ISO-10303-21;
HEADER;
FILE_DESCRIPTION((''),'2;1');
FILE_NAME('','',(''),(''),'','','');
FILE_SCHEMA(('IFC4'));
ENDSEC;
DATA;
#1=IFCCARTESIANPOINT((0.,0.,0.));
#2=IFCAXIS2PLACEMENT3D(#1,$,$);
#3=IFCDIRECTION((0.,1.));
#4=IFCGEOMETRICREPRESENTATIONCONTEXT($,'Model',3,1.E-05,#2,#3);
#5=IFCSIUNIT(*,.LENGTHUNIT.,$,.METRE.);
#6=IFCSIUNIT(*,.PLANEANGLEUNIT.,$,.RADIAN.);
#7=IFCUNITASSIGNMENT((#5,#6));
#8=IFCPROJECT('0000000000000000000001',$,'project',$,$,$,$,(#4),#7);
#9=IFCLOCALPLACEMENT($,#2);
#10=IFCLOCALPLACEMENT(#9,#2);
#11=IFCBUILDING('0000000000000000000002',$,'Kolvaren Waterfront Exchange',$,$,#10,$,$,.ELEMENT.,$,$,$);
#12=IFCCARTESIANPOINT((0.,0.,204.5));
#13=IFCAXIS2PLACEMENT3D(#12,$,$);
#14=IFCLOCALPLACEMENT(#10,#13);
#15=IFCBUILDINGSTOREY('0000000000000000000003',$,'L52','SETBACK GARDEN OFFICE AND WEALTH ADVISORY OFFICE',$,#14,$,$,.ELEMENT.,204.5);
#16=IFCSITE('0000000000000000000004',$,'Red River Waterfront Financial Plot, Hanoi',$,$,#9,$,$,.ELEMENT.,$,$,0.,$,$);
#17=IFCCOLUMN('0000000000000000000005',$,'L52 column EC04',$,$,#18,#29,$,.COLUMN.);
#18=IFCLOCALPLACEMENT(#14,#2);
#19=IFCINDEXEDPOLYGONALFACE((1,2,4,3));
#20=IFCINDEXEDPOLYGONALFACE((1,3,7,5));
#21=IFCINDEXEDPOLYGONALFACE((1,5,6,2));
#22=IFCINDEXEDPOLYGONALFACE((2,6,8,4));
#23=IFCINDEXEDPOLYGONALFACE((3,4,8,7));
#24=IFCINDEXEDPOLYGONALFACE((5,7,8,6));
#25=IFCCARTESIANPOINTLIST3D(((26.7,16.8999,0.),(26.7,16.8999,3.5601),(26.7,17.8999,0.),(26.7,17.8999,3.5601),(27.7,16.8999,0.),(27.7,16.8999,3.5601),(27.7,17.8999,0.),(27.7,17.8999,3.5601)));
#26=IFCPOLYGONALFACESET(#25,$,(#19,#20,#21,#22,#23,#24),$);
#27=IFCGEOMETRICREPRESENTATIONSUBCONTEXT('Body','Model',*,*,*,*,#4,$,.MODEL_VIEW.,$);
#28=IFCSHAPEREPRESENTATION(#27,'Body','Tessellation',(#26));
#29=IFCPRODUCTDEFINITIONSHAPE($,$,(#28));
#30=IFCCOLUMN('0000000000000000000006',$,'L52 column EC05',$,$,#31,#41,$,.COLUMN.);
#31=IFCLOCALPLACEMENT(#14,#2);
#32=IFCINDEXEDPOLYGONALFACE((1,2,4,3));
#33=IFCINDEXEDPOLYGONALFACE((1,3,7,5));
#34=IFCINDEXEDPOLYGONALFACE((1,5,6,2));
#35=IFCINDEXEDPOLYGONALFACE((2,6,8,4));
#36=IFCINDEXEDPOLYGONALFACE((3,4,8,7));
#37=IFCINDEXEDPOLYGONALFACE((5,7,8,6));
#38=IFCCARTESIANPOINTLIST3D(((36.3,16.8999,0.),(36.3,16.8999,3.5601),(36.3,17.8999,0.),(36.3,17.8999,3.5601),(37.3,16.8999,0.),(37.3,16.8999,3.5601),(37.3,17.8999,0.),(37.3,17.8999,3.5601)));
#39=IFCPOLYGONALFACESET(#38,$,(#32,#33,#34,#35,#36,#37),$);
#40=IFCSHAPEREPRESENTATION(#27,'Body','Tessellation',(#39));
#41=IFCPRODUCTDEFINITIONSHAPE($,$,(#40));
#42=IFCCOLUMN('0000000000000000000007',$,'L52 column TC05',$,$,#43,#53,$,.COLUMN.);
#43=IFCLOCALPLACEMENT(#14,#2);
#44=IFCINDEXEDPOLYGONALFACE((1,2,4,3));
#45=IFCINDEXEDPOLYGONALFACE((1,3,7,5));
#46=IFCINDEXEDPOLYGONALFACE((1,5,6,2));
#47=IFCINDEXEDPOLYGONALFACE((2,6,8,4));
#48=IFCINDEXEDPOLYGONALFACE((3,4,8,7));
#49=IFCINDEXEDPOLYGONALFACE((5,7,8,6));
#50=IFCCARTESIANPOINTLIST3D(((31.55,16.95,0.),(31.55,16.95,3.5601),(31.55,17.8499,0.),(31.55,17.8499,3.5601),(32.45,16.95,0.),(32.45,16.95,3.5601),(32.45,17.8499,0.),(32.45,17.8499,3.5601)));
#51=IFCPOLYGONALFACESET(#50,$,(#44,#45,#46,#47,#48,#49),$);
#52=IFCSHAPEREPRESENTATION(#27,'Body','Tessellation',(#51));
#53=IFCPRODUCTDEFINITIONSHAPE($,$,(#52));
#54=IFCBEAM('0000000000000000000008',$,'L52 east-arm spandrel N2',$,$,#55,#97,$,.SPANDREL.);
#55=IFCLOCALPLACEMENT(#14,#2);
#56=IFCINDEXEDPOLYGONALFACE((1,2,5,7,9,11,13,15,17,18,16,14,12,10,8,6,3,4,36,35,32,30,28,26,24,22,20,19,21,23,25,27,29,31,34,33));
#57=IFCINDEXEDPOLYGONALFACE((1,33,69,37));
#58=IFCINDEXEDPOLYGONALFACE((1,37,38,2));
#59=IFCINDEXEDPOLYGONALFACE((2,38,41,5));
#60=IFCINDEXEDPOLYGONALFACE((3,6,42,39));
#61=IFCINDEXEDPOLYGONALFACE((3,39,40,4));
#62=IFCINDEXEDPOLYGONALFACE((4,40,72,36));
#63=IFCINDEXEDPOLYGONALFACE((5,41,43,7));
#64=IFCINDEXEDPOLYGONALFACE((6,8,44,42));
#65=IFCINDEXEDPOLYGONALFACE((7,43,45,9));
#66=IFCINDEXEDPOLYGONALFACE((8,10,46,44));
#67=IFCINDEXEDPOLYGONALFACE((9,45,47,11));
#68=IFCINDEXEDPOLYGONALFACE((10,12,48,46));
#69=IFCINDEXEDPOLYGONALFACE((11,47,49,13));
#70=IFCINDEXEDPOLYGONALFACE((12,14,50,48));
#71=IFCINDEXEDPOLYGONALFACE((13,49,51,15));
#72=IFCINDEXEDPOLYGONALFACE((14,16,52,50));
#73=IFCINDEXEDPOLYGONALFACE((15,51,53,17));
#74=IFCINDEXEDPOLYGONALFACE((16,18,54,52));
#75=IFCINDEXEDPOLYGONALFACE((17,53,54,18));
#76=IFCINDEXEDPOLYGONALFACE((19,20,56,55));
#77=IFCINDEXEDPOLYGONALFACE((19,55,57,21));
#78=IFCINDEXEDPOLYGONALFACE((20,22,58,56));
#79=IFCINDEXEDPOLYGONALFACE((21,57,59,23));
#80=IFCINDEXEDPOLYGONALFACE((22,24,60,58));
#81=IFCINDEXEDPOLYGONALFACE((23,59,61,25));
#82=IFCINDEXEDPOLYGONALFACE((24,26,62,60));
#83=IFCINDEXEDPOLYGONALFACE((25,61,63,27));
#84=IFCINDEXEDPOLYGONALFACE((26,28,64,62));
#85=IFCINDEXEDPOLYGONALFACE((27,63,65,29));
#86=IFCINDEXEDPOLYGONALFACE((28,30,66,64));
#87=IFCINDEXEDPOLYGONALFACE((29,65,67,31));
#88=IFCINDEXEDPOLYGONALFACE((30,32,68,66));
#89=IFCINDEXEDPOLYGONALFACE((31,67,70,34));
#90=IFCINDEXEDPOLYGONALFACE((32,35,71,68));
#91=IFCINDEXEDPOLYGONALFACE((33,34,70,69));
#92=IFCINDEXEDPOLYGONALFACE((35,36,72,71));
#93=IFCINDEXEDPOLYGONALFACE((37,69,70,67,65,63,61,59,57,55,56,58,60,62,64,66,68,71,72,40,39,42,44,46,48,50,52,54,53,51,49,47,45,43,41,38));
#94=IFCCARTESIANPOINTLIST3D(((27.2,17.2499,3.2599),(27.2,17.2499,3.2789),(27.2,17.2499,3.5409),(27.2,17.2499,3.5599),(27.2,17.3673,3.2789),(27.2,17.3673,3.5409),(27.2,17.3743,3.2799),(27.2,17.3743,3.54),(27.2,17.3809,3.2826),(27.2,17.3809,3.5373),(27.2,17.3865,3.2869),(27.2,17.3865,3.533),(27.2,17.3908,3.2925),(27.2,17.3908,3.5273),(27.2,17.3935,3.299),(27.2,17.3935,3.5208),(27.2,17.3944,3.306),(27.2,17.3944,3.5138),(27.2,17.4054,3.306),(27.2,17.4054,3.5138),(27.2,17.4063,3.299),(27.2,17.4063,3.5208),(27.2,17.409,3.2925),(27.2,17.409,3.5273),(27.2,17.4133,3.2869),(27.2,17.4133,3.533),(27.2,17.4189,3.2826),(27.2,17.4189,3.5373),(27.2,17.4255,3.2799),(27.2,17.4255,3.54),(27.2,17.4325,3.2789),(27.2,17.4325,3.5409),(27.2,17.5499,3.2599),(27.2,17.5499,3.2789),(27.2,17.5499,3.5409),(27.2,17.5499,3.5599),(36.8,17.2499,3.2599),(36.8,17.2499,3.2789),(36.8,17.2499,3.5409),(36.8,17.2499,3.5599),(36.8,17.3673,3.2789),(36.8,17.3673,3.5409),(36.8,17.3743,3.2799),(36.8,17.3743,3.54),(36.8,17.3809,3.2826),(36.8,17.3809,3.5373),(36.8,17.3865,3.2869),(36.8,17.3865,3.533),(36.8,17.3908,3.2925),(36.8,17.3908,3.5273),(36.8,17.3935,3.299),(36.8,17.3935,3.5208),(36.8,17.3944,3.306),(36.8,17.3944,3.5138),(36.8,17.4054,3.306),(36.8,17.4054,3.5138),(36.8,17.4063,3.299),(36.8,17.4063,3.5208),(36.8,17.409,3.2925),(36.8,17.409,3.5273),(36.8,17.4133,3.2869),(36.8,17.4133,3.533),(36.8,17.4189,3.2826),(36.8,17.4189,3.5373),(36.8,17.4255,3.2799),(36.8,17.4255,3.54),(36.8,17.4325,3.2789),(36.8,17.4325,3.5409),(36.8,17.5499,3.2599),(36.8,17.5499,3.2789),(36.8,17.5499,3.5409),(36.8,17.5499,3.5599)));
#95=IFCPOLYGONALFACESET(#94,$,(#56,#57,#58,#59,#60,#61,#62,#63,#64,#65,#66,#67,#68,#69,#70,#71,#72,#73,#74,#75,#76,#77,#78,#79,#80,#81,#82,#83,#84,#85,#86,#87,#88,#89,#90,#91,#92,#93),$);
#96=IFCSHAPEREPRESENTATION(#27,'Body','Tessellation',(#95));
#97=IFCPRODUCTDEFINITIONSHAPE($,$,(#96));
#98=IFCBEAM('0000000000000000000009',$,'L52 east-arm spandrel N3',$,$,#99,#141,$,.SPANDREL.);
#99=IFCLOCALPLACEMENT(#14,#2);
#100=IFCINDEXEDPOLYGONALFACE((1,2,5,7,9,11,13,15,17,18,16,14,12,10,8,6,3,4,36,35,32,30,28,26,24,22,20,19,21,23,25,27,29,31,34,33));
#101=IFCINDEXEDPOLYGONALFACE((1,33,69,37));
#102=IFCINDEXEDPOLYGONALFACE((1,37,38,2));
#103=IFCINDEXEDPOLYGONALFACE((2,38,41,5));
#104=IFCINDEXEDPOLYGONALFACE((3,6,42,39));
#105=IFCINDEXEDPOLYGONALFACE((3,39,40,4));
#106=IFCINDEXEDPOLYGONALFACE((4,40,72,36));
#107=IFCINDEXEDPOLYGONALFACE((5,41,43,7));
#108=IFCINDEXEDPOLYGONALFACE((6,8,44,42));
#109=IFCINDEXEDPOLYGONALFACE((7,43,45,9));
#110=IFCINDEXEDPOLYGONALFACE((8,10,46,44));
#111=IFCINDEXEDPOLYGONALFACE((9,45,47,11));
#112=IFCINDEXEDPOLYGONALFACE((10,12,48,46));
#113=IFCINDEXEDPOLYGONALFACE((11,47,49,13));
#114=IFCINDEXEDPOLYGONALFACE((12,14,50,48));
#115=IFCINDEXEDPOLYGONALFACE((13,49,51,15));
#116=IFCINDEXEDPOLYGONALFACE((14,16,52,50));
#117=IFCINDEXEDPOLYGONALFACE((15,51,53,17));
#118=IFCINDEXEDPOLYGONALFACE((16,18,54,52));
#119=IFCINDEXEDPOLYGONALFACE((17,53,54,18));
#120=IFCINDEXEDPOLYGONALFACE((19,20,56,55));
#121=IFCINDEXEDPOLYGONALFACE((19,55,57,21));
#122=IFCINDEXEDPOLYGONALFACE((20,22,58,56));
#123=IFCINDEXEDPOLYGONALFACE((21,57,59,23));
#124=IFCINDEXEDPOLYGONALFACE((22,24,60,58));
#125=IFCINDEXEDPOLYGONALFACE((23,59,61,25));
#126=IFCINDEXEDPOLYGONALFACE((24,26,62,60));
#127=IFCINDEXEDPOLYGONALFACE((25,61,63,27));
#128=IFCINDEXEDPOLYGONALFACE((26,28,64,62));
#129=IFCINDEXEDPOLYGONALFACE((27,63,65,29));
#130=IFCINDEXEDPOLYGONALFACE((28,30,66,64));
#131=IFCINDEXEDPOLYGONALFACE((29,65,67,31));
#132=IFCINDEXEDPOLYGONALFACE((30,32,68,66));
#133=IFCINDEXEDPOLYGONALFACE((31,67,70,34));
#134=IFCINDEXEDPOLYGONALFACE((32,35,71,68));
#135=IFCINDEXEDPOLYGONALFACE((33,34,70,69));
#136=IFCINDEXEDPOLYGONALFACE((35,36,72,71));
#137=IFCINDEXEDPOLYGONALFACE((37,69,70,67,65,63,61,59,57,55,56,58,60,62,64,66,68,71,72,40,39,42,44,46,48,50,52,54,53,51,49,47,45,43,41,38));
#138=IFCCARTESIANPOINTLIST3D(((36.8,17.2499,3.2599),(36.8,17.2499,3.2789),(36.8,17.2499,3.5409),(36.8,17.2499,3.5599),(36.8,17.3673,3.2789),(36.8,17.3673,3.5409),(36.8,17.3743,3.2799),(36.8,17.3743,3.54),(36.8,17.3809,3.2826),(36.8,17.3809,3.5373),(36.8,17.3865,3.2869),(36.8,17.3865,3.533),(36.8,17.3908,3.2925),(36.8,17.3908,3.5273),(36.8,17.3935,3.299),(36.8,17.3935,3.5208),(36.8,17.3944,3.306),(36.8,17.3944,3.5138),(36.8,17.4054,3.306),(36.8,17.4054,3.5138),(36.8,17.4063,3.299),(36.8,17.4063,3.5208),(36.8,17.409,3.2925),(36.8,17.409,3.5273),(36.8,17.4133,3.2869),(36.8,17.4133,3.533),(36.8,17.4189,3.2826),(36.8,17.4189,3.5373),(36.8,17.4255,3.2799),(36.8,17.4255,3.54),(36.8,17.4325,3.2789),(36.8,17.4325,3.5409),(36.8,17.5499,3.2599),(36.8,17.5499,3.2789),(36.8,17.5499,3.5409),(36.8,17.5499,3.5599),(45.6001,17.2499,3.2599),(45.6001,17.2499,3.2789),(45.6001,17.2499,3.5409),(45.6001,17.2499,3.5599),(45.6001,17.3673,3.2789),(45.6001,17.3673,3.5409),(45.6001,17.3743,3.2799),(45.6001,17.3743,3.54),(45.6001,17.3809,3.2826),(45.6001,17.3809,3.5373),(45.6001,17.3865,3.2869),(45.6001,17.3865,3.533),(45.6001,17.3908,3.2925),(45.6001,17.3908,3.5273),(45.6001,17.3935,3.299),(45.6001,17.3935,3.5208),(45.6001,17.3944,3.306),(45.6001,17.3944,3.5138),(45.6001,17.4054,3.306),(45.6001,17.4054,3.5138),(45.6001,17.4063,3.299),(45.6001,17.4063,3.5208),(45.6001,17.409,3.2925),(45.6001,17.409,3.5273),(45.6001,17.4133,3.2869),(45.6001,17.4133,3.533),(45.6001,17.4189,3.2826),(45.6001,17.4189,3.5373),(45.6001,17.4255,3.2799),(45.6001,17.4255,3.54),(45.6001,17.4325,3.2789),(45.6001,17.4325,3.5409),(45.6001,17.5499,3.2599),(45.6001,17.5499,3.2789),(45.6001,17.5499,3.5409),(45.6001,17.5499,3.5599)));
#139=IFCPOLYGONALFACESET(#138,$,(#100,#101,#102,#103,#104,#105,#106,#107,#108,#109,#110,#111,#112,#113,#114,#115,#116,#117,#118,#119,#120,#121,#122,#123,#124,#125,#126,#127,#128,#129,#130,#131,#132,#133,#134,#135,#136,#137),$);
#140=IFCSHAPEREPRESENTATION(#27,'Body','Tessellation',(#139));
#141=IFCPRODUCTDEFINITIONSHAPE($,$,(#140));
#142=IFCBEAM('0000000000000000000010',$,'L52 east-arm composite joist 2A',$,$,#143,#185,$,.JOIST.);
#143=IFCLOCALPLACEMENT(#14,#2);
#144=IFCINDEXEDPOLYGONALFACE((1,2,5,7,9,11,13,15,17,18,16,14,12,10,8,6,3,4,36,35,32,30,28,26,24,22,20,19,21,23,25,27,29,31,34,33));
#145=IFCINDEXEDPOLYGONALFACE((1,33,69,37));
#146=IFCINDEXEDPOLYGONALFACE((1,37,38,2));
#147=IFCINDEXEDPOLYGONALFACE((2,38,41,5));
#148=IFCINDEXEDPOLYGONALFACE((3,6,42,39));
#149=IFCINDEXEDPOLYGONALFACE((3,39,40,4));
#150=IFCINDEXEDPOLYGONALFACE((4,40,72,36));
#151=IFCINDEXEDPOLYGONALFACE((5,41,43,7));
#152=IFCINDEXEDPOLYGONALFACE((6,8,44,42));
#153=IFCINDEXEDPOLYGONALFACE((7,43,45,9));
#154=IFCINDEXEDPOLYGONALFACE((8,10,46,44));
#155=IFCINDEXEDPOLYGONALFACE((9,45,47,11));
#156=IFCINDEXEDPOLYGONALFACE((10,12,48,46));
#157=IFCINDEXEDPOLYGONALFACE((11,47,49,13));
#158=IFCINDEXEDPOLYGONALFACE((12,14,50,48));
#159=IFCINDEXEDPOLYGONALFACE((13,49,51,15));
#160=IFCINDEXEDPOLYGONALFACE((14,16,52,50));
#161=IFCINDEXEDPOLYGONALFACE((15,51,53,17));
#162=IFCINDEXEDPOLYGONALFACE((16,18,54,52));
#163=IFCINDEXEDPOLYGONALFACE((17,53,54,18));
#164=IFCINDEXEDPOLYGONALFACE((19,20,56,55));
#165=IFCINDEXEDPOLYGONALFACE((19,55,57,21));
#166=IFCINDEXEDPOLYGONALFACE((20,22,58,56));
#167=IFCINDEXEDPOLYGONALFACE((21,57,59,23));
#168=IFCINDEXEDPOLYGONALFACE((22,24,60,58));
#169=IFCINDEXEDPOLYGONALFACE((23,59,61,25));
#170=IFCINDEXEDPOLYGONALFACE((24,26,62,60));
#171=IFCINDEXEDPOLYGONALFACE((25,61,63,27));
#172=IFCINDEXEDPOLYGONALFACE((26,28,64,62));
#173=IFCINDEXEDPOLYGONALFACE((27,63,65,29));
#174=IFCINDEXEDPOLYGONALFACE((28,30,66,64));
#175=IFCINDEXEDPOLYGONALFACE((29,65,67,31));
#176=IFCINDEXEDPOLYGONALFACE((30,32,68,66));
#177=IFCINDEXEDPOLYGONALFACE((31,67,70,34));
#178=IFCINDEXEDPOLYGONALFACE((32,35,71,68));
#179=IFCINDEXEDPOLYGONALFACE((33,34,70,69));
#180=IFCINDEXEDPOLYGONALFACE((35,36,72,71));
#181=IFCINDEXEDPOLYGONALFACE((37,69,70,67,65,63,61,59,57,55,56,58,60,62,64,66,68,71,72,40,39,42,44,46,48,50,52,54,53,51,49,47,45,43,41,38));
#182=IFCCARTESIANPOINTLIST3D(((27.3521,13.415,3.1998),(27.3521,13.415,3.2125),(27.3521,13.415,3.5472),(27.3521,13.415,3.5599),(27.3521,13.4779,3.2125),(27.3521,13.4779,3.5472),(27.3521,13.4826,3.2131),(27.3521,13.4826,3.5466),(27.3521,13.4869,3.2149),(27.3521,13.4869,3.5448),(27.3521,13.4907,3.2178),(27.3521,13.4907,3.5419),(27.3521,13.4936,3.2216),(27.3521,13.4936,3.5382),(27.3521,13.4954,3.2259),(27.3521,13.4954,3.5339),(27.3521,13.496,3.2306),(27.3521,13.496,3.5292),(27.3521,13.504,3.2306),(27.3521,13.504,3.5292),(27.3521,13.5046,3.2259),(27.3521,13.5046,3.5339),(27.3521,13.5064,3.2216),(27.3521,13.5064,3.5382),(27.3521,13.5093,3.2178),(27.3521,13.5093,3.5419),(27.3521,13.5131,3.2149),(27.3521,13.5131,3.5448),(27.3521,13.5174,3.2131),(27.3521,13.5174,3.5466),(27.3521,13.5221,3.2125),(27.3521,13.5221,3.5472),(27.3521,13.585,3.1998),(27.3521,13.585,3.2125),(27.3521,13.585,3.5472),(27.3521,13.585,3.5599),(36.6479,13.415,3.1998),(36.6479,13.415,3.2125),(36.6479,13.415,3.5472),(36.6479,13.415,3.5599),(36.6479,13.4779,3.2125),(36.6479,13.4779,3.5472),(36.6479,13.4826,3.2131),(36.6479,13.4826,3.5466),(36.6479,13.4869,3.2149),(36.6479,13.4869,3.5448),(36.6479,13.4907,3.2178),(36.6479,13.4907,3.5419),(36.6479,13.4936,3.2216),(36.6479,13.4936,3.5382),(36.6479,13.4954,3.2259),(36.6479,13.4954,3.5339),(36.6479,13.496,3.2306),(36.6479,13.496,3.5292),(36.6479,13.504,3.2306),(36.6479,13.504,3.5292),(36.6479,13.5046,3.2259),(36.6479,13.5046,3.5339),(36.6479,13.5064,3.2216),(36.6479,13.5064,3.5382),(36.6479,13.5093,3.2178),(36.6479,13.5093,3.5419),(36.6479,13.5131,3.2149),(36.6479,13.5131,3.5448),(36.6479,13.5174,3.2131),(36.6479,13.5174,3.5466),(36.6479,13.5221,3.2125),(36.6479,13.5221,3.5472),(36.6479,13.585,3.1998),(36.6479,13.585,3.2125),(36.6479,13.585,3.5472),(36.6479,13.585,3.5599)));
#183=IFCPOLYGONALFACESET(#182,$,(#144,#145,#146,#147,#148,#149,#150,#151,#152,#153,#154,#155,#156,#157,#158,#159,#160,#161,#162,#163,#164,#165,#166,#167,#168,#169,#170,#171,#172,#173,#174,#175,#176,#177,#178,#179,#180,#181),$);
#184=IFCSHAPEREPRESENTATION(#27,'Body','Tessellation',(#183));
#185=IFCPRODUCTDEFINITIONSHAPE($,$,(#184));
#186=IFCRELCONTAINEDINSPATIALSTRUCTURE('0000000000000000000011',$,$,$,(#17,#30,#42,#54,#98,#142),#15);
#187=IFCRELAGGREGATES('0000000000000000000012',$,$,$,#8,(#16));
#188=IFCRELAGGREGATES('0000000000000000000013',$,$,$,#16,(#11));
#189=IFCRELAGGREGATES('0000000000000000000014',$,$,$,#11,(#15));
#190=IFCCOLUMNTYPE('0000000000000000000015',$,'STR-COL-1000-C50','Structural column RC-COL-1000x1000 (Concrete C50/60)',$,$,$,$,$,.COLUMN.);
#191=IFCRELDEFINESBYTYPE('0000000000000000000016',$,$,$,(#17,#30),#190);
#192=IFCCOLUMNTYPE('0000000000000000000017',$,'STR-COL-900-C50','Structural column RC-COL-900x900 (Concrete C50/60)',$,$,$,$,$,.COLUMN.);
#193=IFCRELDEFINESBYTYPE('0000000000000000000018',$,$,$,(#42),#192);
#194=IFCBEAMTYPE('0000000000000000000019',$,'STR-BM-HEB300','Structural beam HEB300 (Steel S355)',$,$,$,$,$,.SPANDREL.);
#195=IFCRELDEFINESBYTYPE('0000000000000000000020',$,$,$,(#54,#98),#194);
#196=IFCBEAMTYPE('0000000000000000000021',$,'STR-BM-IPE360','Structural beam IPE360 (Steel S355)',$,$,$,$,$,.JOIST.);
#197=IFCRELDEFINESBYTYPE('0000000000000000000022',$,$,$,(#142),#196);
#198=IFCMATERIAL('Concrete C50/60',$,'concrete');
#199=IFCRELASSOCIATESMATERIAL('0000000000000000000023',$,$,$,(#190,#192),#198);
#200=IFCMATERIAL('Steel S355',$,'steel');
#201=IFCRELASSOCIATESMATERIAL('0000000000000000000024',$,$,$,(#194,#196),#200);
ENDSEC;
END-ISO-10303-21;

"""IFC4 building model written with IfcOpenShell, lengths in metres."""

from ifc_helpers import new_model, si_unit, direction, frame, origin, origin_2d, place, context, subcontext, project, spatial, rectangle, i_section, extrude, material, material_profile, profile_set, type_object, element, save


model = new_model("IFC4")

# Units and contexts
model_context = context("Model", 3, precision=1e-05, world=origin(), true_north=direction((0.0, 1.0)))
body_context = subcontext(model_context, "Body", "Model", "MODEL_VIEW")
ifc_project = project(units=[si_unit("LENGTHUNIT", "METRE"), si_unit("PLANEANGLEUNIT", "RADIAN")], contexts=[model_context])

# Site, building, storey
site_placement = place(None, origin())
site = spatial("IfcSite", under=ifc_project, at=site_placement, Name="Red River Waterfront Financial Plot, Hanoi", CompositionType="ELEMENT", RefElevation=0.0)
building_placement = place(site_placement, origin())
building = spatial("IfcBuilding", under=site, at=building_placement, Name="Kolvaren Waterfront Exchange", CompositionType="ELEMENT")
storey_placement = place(building_placement, frame((0.0, 0.0, 204.5)))
storey = spatial("IfcBuildingStorey", under=building, at=storey_placement, Name="L52", Description="SETBACK GARDEN OFFICE AND WEALTH ADVISORY OFFICE", CompositionType="ELEMENT", Elevation=204.5)

# Columns
ifc_material_1 = material(Name="Concrete C50/60", Category="concrete")
ifc_material_profile_1 = material_profile(ifc_material_1, rectangle(XDim=1.0, YDim=1.0, at=origin_2d()), Name="RC-COL-1000x1000")
ifc_profile_set_1 = profile_set([ifc_material_profile_1], Name="Concrete C50/60")
column_type_1 = type_object("IfcColumnType", Name="STR-COL-1000-C50", Description="Structural column RC-COL-1000x1000 (Concrete C50/60)", PredefinedType="COLUMN", material=ifc_profile_set_1)
for number, where, z_axis, x_axis, name in (
    (1, (27.2, 17.3999, 0.0), (0.0, 0.0, 1.0), (1.0, 0.0, 0.0), "L52 column EC04"),
    (2, (36.8, 17.3999, 0.0), (0.0, 0.0, 1.0), (1.0, 0.0, 0.0), "L52 column EC05"),
):
    element("IfcColumn", number, at=place(storey_placement, frame(where, z_axis=z_axis, x_axis=x_axis)), inside=storey, type_object=column_type_1, Name=name, PredefinedType="COLUMN", context=body_context, shape_type="SweptSolid", body=[
        extrude(rectangle(XDim=1.0, YDim=1.0, at=origin_2d()), origin(), (0.0, 0.0, 1.0), 3.5601),
    ])
ifc_material_profile_2 = material_profile(ifc_material_1, rectangle(XDim=0.8999, YDim=0.8999, at=origin_2d()), Name="RC-COL-900x900")
ifc_profile_set_2 = profile_set([ifc_material_profile_2], Name="Concrete C50/60")
column_type_2 = type_object("IfcColumnType", Name="STR-COL-900-C50", Description="Structural column RC-COL-900x900 (Concrete C50/60)", PredefinedType="COLUMN", material=ifc_profile_set_2)
column_placement = place(storey_placement, frame((32.0, 17.3999, 0.0), z_axis=(0.0, 0.0, 1.0), x_axis=(1.0, 0.0, 0.0)))
element("IfcColumn", 3, at=column_placement, inside=storey, type_object=column_type_2, Name="L52 column TC05", PredefinedType="COLUMN", context=body_context, shape_type="SweptSolid", body=[
    extrude(rectangle(XDim=0.8999, YDim=0.8999, at=origin_2d()), origin(), (0.0, 0.0, 1.0), 3.5601),
])

# Beams
ifc_material_2 = material(Name="Steel S355", Category="steel")
ifc_material_profile_3 = material_profile(ifc_material_2, i_section(OverallWidth=0.3, OverallDepth=0.3, WebThickness=0.011, FlangeThickness=0.019, FilletRadius=0.0271, at=origin_2d()), Name="HEB300")
ifc_profile_set_3 = profile_set([ifc_material_profile_3], Name="Steel S355")
beam_type_1 = type_object("IfcBeamType", Name="STR-BM-HEB300", Description="Structural beam HEB300 (Steel S355)", PredefinedType="SPANDREL", material=ifc_profile_set_3)
beam_1_placement = place(storey_placement, frame((27.2, 17.3999, 3.4099), z_axis=(1.0, 0.0, 0.0), x_axis=(0.0, 1.0, 0.0)))
element("IfcBeam", 4, at=beam_1_placement, inside=storey, type_object=beam_type_1, Name="L52 east-arm spandrel N2", PredefinedType="SPANDREL", context=body_context, shape_type="SweptSolid", body=[
    extrude(i_section(OverallWidth=0.3, OverallDepth=0.3, WebThickness=0.011, FlangeThickness=0.019, FilletRadius=0.0271, at=origin_2d()), origin(), (0.0, 0.0, 1.0), 9.6001),
])
beam_2_placement = place(storey_placement, frame((36.8, 17.3999, 3.4099), z_axis=(1.0, 0.0, 0.0), x_axis=(0.0, 1.0, 0.0)))
element("IfcBeam", 5, at=beam_2_placement, inside=storey, type_object=beam_type_1, Name="L52 east-arm spandrel N3", PredefinedType="SPANDREL", context=body_context, shape_type="SweptSolid", body=[
    extrude(i_section(OverallWidth=0.3, OverallDepth=0.3, WebThickness=0.011, FlangeThickness=0.019, FilletRadius=0.0271, at=origin_2d()), origin(), (0.0, 0.0, 1.0), 8.8),
])
ifc_material_profile_4 = material_profile(ifc_material_2, i_section(OverallWidth=0.1699, OverallDepth=0.3601, WebThickness=0.0081, FlangeThickness=0.0127, FilletRadius=0.0181, at=origin_2d()), Name="IPE360")
ifc_profile_set_4 = profile_set([ifc_material_profile_4], Name="Steel S355")
beam_type_2 = type_object("IfcBeamType", Name="STR-BM-IPE360", Description="Structural beam IPE360 (Steel S355)", PredefinedType="JOIST", material=ifc_profile_set_4)
for number, where, z_axis, x_axis, name in (
    (6, (27.3521, 13.5, 3.3799), (1.0, 0.0, 0.0), (0.0, 1.0, 0.0), "L52 east-arm composite joist 2A"),
):
    element("IfcBeam", number, at=place(storey_placement, frame(where, z_axis=z_axis, x_axis=x_axis)), inside=storey, type_object=beam_type_2, Name=name, PredefinedType="JOIST", context=body_context, shape_type="SweptSolid", body=[
        extrude(i_section(OverallWidth=0.1699, OverallDepth=0.3601, WebThickness=0.0081, FlangeThickness=0.0127, FilletRadius=0.0181, at=origin_2d()), origin(), (0.0, 0.0, 1.0), 9.2959),
    ])

save(model, "model.ifc")
